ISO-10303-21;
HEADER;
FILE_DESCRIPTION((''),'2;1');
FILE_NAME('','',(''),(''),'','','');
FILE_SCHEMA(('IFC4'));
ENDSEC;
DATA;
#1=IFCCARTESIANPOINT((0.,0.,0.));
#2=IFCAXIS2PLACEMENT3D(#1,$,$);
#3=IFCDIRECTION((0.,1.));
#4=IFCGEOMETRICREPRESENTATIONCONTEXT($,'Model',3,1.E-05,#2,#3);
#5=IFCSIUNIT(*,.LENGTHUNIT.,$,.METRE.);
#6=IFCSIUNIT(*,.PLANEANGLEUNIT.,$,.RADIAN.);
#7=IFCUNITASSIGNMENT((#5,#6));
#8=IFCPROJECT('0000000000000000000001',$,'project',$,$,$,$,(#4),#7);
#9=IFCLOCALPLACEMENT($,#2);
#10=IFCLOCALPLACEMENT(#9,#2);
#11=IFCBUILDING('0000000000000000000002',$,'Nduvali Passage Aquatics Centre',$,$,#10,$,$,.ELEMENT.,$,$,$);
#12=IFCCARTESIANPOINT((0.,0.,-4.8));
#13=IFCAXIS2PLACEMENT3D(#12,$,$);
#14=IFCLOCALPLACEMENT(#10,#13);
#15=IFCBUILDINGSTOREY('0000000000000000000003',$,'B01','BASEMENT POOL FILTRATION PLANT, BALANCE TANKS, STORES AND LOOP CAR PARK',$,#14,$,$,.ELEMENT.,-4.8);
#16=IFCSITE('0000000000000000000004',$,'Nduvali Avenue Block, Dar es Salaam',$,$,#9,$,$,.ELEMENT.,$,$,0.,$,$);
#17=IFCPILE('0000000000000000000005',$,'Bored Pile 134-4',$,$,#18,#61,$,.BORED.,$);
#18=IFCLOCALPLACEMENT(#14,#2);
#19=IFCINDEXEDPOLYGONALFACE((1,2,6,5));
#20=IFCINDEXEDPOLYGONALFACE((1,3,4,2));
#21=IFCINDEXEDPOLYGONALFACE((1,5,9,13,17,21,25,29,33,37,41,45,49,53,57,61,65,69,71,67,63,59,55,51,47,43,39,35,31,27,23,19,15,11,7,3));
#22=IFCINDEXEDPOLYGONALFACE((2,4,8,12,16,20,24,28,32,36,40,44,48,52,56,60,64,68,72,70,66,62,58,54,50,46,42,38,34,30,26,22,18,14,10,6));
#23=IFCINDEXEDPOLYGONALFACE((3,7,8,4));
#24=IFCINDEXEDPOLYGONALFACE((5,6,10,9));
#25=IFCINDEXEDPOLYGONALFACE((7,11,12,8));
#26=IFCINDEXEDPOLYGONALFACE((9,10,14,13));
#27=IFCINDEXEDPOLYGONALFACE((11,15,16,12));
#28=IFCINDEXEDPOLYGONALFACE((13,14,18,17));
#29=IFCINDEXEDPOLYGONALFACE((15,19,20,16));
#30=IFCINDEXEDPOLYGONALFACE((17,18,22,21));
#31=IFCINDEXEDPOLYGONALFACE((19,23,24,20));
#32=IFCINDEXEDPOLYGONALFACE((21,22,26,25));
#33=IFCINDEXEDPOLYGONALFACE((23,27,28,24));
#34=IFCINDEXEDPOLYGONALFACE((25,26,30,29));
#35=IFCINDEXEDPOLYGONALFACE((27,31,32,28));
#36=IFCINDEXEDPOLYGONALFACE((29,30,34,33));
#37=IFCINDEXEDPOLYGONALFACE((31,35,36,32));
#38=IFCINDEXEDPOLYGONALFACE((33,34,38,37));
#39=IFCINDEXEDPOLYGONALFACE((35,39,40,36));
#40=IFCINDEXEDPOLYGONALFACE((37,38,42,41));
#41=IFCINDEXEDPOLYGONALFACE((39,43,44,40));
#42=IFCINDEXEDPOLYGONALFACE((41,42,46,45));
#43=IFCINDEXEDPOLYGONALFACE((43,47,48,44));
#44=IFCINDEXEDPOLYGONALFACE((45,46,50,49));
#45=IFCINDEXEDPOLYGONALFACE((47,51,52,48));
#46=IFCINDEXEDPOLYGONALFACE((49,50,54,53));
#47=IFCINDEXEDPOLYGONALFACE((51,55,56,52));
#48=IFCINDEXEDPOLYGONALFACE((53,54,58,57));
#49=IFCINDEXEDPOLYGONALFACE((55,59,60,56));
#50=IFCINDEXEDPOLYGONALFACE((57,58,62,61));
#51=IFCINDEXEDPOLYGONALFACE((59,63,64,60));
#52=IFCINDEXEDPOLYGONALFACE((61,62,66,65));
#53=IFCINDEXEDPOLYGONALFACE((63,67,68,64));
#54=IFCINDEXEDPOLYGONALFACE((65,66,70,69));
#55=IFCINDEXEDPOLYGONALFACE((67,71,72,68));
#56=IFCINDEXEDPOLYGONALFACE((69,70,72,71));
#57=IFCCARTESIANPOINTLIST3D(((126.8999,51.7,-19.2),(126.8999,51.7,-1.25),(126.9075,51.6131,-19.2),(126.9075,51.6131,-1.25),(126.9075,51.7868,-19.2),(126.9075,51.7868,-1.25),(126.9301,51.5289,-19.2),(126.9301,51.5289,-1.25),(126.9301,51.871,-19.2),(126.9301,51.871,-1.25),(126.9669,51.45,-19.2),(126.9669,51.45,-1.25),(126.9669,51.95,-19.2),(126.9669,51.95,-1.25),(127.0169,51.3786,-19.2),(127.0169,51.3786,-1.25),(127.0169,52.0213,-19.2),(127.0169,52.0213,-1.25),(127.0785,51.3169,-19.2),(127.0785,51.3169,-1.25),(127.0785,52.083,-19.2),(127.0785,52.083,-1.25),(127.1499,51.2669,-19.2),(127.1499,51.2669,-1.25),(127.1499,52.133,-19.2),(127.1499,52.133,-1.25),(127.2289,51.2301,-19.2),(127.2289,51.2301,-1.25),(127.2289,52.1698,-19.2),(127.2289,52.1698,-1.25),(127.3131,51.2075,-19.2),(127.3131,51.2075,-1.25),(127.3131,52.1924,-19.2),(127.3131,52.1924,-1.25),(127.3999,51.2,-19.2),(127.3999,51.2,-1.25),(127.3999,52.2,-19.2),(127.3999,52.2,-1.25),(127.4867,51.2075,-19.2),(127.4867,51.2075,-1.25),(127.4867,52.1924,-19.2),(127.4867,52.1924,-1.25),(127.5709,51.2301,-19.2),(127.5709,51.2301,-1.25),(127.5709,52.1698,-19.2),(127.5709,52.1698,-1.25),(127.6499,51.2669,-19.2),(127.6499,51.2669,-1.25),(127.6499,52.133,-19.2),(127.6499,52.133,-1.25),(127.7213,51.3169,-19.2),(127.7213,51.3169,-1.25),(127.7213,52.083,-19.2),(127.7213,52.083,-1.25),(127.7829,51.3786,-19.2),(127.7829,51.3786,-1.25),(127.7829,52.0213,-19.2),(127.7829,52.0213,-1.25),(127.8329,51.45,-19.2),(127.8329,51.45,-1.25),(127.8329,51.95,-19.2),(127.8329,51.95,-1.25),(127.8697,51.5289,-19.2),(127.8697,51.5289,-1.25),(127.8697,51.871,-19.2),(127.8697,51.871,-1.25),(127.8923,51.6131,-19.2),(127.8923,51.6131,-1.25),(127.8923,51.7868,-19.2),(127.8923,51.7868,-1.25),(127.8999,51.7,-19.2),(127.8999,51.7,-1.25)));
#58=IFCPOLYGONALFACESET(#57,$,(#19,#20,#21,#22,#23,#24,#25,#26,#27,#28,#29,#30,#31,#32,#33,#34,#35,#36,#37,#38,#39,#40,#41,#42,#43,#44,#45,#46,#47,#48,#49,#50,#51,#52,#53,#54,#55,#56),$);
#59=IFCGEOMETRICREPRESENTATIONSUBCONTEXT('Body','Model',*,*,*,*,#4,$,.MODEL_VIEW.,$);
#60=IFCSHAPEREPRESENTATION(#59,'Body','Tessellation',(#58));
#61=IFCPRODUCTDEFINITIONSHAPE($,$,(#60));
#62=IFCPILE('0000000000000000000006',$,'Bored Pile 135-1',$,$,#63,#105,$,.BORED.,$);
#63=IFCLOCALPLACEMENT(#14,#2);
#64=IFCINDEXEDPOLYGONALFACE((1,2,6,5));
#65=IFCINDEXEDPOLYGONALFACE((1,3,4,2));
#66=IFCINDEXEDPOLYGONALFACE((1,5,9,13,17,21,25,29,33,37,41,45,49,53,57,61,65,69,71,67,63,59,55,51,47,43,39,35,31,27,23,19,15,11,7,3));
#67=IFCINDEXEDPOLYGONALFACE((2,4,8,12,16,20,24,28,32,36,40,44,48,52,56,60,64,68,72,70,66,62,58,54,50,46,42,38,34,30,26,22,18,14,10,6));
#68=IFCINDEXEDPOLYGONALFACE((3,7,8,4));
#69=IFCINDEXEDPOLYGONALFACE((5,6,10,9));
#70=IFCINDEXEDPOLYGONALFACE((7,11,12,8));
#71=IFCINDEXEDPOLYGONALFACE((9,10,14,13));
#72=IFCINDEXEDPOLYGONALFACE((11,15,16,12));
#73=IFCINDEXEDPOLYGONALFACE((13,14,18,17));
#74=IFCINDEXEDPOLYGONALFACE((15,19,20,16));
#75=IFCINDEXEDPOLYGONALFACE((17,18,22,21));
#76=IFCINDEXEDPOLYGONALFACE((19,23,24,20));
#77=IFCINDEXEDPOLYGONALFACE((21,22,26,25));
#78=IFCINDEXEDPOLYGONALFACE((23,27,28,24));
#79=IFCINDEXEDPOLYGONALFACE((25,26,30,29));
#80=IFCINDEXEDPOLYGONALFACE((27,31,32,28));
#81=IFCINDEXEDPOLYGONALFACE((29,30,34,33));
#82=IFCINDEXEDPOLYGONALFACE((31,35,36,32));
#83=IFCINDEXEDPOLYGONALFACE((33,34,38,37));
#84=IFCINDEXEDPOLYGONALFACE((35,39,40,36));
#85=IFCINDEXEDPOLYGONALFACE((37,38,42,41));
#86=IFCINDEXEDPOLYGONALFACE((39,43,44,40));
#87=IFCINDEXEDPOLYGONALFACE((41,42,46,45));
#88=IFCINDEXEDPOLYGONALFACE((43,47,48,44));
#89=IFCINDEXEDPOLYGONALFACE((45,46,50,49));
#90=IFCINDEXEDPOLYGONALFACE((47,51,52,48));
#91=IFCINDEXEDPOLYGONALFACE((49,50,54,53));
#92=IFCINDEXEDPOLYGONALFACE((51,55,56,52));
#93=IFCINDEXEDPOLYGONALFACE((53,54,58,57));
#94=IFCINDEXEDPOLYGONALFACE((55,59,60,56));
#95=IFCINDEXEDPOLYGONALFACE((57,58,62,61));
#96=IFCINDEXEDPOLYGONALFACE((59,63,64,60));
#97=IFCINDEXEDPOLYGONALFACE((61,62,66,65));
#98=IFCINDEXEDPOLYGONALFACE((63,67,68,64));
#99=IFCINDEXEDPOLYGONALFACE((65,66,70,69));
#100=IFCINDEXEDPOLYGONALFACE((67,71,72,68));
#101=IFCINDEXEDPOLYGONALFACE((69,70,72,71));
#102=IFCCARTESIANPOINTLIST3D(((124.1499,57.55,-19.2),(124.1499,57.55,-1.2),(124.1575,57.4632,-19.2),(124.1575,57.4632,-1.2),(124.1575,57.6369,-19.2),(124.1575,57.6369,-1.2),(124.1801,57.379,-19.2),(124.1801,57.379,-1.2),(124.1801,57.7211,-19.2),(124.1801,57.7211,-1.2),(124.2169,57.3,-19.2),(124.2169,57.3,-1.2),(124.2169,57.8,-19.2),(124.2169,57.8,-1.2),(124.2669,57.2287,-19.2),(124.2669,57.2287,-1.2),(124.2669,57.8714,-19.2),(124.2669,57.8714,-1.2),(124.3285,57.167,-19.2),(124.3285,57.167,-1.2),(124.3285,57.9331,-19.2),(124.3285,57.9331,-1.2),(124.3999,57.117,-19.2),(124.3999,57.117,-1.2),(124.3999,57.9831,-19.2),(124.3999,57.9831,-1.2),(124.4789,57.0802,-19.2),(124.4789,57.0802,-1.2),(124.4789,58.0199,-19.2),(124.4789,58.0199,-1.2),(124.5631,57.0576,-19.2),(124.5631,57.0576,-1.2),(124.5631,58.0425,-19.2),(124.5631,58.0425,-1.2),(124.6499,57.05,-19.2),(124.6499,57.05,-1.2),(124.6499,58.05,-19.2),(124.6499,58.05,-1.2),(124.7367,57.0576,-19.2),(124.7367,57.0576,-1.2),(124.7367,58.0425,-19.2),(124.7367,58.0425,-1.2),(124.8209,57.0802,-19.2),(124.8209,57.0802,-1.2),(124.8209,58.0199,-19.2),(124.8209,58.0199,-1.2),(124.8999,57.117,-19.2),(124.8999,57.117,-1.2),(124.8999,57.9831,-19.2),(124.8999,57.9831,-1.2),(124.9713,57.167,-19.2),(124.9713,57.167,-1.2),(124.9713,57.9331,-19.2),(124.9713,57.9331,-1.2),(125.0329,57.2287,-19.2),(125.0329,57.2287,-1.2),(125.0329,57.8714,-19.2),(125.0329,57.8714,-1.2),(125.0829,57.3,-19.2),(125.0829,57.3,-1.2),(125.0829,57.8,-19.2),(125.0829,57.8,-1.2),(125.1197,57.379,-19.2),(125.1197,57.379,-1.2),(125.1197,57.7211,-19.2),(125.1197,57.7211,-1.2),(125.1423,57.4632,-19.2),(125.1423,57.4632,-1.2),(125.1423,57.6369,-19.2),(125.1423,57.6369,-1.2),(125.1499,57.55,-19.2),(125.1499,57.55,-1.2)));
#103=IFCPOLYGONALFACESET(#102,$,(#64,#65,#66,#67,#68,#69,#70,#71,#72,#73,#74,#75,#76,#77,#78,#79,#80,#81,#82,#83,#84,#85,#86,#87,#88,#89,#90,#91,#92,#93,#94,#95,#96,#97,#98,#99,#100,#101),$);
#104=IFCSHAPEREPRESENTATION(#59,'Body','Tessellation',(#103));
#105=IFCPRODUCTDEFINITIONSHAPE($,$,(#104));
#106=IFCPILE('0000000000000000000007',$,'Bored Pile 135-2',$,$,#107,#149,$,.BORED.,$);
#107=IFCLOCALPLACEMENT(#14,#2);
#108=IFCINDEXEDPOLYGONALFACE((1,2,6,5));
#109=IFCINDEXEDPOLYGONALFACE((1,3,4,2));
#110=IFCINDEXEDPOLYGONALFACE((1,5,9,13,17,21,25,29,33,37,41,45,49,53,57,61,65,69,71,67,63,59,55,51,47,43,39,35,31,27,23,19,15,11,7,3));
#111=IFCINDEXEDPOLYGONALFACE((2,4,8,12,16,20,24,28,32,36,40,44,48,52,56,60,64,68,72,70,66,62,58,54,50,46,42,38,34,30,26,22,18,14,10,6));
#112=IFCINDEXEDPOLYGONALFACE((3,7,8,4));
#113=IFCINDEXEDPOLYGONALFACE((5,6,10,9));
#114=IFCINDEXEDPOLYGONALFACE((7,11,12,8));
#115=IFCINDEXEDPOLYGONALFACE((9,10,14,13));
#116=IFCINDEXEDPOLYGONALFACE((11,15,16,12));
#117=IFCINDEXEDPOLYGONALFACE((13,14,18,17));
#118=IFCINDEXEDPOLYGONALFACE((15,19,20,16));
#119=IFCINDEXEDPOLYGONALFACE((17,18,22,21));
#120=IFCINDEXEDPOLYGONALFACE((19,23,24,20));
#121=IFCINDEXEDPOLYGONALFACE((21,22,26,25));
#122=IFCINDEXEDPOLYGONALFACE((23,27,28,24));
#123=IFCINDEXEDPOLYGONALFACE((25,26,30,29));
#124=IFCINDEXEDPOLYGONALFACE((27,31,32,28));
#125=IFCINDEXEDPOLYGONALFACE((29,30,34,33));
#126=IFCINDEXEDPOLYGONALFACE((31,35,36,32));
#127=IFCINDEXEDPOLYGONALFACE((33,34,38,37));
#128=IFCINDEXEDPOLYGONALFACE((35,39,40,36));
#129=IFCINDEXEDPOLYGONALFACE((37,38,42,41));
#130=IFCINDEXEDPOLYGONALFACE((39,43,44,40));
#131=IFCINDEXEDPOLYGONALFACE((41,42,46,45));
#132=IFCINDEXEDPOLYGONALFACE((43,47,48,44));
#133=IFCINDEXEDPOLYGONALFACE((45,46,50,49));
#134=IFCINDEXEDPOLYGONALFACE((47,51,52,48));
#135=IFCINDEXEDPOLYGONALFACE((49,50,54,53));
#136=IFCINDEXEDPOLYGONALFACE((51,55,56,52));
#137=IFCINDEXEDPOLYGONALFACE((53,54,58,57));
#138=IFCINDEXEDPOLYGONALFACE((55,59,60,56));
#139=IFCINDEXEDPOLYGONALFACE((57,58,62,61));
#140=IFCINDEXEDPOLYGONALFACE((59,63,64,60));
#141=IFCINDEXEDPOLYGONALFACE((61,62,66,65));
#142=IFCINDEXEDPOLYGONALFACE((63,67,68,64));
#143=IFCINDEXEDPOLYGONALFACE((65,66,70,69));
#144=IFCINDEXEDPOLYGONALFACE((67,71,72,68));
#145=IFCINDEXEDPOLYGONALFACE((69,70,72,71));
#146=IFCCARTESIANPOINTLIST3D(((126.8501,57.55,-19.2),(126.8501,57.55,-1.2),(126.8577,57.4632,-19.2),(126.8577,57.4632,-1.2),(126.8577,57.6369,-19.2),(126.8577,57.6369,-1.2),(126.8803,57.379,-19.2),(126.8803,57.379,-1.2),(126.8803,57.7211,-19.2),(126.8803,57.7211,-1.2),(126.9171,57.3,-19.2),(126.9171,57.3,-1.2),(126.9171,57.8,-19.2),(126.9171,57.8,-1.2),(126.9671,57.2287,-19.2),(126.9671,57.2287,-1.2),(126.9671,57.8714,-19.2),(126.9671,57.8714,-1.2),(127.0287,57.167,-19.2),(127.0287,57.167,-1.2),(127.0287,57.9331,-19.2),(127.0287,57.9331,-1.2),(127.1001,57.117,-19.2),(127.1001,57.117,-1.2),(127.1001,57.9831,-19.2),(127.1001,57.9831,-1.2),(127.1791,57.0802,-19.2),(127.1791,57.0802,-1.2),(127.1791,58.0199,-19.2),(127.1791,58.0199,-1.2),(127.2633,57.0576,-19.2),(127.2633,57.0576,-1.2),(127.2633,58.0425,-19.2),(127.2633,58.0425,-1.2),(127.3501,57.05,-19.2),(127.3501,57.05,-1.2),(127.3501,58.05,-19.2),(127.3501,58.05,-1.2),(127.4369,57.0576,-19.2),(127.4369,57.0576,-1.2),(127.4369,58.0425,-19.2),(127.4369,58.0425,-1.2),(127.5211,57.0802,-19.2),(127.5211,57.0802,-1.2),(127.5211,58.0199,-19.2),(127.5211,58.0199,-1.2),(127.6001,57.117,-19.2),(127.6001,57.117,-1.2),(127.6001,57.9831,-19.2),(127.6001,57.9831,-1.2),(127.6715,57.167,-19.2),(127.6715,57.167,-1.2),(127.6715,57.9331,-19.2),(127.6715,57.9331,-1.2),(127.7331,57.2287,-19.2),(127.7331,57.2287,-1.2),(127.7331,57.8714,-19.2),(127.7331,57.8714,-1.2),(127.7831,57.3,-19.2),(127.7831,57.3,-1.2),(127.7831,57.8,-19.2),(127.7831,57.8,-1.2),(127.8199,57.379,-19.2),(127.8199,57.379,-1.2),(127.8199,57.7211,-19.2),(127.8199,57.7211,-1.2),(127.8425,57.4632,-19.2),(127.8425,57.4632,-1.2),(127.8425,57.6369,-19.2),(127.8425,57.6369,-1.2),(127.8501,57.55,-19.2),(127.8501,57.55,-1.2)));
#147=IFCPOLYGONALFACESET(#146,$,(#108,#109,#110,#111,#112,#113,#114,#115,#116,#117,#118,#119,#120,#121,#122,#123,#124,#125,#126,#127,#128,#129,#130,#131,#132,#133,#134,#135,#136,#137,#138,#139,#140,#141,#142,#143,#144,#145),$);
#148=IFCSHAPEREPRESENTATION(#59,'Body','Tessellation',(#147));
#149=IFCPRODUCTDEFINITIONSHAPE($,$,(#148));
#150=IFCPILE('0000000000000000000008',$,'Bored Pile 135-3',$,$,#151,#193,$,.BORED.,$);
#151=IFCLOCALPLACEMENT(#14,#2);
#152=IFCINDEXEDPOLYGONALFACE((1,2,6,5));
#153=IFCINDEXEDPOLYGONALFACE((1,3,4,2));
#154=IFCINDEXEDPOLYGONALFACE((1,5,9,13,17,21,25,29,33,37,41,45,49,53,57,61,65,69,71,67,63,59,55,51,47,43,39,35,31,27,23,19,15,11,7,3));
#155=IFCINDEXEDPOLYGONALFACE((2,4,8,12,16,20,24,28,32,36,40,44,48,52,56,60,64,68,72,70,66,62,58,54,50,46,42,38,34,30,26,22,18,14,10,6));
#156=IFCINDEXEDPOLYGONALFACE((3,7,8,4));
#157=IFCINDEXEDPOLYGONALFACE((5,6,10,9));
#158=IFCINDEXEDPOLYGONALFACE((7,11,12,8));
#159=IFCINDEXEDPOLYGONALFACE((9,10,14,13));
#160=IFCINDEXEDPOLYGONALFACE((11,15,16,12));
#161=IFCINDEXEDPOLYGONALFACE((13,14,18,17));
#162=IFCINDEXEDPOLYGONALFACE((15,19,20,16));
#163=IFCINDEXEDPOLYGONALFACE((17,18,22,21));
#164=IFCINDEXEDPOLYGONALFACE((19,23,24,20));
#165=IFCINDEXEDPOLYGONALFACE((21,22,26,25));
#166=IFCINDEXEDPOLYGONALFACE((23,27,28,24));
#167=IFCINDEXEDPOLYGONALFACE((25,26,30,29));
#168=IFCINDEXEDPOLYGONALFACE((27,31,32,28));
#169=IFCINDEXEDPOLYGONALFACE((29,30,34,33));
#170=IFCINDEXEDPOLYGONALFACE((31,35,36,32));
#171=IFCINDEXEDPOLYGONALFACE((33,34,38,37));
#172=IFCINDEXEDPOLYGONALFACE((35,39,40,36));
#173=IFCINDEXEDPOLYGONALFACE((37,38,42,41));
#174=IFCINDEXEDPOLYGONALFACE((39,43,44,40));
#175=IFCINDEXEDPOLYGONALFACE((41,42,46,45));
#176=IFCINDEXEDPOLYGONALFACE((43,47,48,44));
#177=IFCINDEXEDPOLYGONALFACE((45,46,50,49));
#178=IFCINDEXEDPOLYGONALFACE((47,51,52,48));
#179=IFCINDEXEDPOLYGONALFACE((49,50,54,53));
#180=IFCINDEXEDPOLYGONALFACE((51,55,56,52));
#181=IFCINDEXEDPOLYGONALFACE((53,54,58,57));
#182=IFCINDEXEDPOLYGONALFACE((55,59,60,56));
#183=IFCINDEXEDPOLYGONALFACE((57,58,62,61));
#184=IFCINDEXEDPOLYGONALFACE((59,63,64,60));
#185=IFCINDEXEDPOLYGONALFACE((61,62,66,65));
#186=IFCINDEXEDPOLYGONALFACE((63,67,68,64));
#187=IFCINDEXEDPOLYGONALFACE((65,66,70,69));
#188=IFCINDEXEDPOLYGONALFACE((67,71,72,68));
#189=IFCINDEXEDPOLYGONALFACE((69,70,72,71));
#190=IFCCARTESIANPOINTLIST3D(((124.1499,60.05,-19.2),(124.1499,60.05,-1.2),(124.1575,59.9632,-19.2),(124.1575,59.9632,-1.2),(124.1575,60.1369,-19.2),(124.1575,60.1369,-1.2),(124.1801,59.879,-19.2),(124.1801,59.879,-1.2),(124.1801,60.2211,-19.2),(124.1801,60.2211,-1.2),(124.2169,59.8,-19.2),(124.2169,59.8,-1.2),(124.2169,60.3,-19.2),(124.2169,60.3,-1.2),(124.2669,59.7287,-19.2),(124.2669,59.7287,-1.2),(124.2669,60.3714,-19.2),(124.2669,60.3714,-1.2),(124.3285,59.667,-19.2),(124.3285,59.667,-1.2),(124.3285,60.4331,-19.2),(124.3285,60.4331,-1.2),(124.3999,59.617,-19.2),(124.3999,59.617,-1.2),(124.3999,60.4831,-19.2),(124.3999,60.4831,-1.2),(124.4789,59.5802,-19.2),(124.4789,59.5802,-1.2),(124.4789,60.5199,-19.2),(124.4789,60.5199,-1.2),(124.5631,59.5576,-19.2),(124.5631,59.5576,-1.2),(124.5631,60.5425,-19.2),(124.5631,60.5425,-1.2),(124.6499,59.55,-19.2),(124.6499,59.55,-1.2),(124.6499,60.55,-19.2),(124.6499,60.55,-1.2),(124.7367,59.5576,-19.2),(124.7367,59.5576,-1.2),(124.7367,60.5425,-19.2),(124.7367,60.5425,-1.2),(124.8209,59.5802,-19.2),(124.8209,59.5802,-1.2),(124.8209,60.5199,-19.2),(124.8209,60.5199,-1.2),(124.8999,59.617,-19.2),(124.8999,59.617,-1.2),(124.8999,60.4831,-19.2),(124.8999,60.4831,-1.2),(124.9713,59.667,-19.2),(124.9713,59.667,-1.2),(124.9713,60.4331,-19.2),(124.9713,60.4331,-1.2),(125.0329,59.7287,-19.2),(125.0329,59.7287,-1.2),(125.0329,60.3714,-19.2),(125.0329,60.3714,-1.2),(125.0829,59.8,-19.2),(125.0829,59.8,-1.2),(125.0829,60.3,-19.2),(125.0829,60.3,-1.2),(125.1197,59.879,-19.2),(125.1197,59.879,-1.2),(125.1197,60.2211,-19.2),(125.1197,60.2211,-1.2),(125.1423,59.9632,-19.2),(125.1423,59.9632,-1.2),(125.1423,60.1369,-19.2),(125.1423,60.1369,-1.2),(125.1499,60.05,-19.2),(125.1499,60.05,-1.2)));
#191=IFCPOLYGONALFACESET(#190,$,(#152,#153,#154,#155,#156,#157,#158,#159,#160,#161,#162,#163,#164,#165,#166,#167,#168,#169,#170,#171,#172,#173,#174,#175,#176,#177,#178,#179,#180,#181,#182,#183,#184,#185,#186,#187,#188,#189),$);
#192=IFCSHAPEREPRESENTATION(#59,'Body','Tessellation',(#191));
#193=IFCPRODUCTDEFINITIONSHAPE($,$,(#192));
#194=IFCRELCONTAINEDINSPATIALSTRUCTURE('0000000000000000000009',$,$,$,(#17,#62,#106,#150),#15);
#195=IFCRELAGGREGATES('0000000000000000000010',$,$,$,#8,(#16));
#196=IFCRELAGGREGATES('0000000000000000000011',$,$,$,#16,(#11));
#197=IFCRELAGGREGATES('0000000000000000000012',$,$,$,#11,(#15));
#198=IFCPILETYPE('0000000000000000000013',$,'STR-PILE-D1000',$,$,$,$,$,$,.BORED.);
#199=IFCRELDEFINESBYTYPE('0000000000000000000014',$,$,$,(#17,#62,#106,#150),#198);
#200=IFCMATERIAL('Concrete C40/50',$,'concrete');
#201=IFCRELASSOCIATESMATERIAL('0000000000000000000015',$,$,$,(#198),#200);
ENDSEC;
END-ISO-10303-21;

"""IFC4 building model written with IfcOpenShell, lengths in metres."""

from ifc_helpers import new_model, si_unit, direction, frame, origin, origin_2d, place, context, subcontext, project, spatial, circle, extrude, material, material_profile, profile_set, type_object, element, save


model = new_model("IFC4")

# Units and contexts
model_context = context("Model", 3, precision=1e-05, world=origin(), true_north=direction((0.0, 1.0)))
body_context = subcontext(model_context, "Body", "Model", "MODEL_VIEW")
ifc_project = project(units=[si_unit("LENGTHUNIT", "METRE"), si_unit("PLANEANGLEUNIT", "RADIAN")], contexts=[model_context])

# Site, building, storey
site_placement = place(None, origin())
site = spatial("IfcSite", under=ifc_project, at=site_placement, Name="Nduvali Avenue Block, Dar es Salaam", CompositionType="ELEMENT", RefElevation=0.0)
building_placement = place(site_placement, origin())
building = spatial("IfcBuilding", under=site, at=building_placement, Name="Nduvali Passage Aquatics Centre", CompositionType="ELEMENT")
storey_placement = place(building_placement, frame((0.0, 0.0, -4.8)))
storey = spatial("IfcBuildingStorey", under=building, at=storey_placement, Name="B01", Description="BASEMENT POOL FILTRATION PLANT, BALANCE TANKS, STORES AND LOOP CAR PARK", CompositionType="ELEMENT", Elevation=-4.8)

# Shared definitions
ifc_material = material(Name="Concrete C40/50", Category="concrete")

# Piles
ifc_material_profile_1 = material_profile(ifc_material, circle(Radius=0.5, at=origin_2d()), Name="PILE D1000")
ifc_profile_set_1 = profile_set([ifc_material_profile_1], Name="Concrete C40/50")
pile_type_1 = type_object("IfcPileType", Name="STR-PILE-D1000", PredefinedType="BORED", material=ifc_profile_set_1)
for number, where, z_axis, x_axis, name in (
    (1, (127.3999, 51.7, -1.25), (0.0, 0.0, -1.0), (1.0, 0.0, 0.0), "Bored Pile 134-4"),
):
    element("IfcPile", number, at=place(storey_placement, frame(where, z_axis=z_axis, x_axis=x_axis)), inside=storey, type_object=pile_type_1, Name=name, PredefinedType="BORED", context=body_context, shape_type="SweptSolid", body=[
        extrude(circle(Radius=0.5, at=origin_2d()), origin(), (0.0, 0.0, 1.0), 17.95),
    ])
for number, where, z_axis, x_axis, name in (
    (2, (124.6499, 57.55, -1.2), (0.0, 0.0, -1.0), (1.0, 0.0, 0.0), "Bored Pile 135-1"),
    (3, (127.3501, 57.55, -1.2), (0.0, 0.0, -1.0), (1.0, 0.0, 0.0), "Bored Pile 135-2"),
    (4, (124.6499, 60.05, -1.2), (0.0, 0.0, -1.0), (1.0, 0.0, 0.0), "Bored Pile 135-3"),
):
    element("IfcPile", number, at=place(storey_placement, frame(where, z_axis=z_axis, x_axis=x_axis)), inside=storey, type_object=pile_type_1, Name=name, PredefinedType="BORED", context=body_context, shape_type="SweptSolid", body=[
        extrude(circle(Radius=0.5, at=origin_2d()), origin(), (0.0, 0.0, 1.0), 18.0),
    ])

save(model, "model.ifc")
